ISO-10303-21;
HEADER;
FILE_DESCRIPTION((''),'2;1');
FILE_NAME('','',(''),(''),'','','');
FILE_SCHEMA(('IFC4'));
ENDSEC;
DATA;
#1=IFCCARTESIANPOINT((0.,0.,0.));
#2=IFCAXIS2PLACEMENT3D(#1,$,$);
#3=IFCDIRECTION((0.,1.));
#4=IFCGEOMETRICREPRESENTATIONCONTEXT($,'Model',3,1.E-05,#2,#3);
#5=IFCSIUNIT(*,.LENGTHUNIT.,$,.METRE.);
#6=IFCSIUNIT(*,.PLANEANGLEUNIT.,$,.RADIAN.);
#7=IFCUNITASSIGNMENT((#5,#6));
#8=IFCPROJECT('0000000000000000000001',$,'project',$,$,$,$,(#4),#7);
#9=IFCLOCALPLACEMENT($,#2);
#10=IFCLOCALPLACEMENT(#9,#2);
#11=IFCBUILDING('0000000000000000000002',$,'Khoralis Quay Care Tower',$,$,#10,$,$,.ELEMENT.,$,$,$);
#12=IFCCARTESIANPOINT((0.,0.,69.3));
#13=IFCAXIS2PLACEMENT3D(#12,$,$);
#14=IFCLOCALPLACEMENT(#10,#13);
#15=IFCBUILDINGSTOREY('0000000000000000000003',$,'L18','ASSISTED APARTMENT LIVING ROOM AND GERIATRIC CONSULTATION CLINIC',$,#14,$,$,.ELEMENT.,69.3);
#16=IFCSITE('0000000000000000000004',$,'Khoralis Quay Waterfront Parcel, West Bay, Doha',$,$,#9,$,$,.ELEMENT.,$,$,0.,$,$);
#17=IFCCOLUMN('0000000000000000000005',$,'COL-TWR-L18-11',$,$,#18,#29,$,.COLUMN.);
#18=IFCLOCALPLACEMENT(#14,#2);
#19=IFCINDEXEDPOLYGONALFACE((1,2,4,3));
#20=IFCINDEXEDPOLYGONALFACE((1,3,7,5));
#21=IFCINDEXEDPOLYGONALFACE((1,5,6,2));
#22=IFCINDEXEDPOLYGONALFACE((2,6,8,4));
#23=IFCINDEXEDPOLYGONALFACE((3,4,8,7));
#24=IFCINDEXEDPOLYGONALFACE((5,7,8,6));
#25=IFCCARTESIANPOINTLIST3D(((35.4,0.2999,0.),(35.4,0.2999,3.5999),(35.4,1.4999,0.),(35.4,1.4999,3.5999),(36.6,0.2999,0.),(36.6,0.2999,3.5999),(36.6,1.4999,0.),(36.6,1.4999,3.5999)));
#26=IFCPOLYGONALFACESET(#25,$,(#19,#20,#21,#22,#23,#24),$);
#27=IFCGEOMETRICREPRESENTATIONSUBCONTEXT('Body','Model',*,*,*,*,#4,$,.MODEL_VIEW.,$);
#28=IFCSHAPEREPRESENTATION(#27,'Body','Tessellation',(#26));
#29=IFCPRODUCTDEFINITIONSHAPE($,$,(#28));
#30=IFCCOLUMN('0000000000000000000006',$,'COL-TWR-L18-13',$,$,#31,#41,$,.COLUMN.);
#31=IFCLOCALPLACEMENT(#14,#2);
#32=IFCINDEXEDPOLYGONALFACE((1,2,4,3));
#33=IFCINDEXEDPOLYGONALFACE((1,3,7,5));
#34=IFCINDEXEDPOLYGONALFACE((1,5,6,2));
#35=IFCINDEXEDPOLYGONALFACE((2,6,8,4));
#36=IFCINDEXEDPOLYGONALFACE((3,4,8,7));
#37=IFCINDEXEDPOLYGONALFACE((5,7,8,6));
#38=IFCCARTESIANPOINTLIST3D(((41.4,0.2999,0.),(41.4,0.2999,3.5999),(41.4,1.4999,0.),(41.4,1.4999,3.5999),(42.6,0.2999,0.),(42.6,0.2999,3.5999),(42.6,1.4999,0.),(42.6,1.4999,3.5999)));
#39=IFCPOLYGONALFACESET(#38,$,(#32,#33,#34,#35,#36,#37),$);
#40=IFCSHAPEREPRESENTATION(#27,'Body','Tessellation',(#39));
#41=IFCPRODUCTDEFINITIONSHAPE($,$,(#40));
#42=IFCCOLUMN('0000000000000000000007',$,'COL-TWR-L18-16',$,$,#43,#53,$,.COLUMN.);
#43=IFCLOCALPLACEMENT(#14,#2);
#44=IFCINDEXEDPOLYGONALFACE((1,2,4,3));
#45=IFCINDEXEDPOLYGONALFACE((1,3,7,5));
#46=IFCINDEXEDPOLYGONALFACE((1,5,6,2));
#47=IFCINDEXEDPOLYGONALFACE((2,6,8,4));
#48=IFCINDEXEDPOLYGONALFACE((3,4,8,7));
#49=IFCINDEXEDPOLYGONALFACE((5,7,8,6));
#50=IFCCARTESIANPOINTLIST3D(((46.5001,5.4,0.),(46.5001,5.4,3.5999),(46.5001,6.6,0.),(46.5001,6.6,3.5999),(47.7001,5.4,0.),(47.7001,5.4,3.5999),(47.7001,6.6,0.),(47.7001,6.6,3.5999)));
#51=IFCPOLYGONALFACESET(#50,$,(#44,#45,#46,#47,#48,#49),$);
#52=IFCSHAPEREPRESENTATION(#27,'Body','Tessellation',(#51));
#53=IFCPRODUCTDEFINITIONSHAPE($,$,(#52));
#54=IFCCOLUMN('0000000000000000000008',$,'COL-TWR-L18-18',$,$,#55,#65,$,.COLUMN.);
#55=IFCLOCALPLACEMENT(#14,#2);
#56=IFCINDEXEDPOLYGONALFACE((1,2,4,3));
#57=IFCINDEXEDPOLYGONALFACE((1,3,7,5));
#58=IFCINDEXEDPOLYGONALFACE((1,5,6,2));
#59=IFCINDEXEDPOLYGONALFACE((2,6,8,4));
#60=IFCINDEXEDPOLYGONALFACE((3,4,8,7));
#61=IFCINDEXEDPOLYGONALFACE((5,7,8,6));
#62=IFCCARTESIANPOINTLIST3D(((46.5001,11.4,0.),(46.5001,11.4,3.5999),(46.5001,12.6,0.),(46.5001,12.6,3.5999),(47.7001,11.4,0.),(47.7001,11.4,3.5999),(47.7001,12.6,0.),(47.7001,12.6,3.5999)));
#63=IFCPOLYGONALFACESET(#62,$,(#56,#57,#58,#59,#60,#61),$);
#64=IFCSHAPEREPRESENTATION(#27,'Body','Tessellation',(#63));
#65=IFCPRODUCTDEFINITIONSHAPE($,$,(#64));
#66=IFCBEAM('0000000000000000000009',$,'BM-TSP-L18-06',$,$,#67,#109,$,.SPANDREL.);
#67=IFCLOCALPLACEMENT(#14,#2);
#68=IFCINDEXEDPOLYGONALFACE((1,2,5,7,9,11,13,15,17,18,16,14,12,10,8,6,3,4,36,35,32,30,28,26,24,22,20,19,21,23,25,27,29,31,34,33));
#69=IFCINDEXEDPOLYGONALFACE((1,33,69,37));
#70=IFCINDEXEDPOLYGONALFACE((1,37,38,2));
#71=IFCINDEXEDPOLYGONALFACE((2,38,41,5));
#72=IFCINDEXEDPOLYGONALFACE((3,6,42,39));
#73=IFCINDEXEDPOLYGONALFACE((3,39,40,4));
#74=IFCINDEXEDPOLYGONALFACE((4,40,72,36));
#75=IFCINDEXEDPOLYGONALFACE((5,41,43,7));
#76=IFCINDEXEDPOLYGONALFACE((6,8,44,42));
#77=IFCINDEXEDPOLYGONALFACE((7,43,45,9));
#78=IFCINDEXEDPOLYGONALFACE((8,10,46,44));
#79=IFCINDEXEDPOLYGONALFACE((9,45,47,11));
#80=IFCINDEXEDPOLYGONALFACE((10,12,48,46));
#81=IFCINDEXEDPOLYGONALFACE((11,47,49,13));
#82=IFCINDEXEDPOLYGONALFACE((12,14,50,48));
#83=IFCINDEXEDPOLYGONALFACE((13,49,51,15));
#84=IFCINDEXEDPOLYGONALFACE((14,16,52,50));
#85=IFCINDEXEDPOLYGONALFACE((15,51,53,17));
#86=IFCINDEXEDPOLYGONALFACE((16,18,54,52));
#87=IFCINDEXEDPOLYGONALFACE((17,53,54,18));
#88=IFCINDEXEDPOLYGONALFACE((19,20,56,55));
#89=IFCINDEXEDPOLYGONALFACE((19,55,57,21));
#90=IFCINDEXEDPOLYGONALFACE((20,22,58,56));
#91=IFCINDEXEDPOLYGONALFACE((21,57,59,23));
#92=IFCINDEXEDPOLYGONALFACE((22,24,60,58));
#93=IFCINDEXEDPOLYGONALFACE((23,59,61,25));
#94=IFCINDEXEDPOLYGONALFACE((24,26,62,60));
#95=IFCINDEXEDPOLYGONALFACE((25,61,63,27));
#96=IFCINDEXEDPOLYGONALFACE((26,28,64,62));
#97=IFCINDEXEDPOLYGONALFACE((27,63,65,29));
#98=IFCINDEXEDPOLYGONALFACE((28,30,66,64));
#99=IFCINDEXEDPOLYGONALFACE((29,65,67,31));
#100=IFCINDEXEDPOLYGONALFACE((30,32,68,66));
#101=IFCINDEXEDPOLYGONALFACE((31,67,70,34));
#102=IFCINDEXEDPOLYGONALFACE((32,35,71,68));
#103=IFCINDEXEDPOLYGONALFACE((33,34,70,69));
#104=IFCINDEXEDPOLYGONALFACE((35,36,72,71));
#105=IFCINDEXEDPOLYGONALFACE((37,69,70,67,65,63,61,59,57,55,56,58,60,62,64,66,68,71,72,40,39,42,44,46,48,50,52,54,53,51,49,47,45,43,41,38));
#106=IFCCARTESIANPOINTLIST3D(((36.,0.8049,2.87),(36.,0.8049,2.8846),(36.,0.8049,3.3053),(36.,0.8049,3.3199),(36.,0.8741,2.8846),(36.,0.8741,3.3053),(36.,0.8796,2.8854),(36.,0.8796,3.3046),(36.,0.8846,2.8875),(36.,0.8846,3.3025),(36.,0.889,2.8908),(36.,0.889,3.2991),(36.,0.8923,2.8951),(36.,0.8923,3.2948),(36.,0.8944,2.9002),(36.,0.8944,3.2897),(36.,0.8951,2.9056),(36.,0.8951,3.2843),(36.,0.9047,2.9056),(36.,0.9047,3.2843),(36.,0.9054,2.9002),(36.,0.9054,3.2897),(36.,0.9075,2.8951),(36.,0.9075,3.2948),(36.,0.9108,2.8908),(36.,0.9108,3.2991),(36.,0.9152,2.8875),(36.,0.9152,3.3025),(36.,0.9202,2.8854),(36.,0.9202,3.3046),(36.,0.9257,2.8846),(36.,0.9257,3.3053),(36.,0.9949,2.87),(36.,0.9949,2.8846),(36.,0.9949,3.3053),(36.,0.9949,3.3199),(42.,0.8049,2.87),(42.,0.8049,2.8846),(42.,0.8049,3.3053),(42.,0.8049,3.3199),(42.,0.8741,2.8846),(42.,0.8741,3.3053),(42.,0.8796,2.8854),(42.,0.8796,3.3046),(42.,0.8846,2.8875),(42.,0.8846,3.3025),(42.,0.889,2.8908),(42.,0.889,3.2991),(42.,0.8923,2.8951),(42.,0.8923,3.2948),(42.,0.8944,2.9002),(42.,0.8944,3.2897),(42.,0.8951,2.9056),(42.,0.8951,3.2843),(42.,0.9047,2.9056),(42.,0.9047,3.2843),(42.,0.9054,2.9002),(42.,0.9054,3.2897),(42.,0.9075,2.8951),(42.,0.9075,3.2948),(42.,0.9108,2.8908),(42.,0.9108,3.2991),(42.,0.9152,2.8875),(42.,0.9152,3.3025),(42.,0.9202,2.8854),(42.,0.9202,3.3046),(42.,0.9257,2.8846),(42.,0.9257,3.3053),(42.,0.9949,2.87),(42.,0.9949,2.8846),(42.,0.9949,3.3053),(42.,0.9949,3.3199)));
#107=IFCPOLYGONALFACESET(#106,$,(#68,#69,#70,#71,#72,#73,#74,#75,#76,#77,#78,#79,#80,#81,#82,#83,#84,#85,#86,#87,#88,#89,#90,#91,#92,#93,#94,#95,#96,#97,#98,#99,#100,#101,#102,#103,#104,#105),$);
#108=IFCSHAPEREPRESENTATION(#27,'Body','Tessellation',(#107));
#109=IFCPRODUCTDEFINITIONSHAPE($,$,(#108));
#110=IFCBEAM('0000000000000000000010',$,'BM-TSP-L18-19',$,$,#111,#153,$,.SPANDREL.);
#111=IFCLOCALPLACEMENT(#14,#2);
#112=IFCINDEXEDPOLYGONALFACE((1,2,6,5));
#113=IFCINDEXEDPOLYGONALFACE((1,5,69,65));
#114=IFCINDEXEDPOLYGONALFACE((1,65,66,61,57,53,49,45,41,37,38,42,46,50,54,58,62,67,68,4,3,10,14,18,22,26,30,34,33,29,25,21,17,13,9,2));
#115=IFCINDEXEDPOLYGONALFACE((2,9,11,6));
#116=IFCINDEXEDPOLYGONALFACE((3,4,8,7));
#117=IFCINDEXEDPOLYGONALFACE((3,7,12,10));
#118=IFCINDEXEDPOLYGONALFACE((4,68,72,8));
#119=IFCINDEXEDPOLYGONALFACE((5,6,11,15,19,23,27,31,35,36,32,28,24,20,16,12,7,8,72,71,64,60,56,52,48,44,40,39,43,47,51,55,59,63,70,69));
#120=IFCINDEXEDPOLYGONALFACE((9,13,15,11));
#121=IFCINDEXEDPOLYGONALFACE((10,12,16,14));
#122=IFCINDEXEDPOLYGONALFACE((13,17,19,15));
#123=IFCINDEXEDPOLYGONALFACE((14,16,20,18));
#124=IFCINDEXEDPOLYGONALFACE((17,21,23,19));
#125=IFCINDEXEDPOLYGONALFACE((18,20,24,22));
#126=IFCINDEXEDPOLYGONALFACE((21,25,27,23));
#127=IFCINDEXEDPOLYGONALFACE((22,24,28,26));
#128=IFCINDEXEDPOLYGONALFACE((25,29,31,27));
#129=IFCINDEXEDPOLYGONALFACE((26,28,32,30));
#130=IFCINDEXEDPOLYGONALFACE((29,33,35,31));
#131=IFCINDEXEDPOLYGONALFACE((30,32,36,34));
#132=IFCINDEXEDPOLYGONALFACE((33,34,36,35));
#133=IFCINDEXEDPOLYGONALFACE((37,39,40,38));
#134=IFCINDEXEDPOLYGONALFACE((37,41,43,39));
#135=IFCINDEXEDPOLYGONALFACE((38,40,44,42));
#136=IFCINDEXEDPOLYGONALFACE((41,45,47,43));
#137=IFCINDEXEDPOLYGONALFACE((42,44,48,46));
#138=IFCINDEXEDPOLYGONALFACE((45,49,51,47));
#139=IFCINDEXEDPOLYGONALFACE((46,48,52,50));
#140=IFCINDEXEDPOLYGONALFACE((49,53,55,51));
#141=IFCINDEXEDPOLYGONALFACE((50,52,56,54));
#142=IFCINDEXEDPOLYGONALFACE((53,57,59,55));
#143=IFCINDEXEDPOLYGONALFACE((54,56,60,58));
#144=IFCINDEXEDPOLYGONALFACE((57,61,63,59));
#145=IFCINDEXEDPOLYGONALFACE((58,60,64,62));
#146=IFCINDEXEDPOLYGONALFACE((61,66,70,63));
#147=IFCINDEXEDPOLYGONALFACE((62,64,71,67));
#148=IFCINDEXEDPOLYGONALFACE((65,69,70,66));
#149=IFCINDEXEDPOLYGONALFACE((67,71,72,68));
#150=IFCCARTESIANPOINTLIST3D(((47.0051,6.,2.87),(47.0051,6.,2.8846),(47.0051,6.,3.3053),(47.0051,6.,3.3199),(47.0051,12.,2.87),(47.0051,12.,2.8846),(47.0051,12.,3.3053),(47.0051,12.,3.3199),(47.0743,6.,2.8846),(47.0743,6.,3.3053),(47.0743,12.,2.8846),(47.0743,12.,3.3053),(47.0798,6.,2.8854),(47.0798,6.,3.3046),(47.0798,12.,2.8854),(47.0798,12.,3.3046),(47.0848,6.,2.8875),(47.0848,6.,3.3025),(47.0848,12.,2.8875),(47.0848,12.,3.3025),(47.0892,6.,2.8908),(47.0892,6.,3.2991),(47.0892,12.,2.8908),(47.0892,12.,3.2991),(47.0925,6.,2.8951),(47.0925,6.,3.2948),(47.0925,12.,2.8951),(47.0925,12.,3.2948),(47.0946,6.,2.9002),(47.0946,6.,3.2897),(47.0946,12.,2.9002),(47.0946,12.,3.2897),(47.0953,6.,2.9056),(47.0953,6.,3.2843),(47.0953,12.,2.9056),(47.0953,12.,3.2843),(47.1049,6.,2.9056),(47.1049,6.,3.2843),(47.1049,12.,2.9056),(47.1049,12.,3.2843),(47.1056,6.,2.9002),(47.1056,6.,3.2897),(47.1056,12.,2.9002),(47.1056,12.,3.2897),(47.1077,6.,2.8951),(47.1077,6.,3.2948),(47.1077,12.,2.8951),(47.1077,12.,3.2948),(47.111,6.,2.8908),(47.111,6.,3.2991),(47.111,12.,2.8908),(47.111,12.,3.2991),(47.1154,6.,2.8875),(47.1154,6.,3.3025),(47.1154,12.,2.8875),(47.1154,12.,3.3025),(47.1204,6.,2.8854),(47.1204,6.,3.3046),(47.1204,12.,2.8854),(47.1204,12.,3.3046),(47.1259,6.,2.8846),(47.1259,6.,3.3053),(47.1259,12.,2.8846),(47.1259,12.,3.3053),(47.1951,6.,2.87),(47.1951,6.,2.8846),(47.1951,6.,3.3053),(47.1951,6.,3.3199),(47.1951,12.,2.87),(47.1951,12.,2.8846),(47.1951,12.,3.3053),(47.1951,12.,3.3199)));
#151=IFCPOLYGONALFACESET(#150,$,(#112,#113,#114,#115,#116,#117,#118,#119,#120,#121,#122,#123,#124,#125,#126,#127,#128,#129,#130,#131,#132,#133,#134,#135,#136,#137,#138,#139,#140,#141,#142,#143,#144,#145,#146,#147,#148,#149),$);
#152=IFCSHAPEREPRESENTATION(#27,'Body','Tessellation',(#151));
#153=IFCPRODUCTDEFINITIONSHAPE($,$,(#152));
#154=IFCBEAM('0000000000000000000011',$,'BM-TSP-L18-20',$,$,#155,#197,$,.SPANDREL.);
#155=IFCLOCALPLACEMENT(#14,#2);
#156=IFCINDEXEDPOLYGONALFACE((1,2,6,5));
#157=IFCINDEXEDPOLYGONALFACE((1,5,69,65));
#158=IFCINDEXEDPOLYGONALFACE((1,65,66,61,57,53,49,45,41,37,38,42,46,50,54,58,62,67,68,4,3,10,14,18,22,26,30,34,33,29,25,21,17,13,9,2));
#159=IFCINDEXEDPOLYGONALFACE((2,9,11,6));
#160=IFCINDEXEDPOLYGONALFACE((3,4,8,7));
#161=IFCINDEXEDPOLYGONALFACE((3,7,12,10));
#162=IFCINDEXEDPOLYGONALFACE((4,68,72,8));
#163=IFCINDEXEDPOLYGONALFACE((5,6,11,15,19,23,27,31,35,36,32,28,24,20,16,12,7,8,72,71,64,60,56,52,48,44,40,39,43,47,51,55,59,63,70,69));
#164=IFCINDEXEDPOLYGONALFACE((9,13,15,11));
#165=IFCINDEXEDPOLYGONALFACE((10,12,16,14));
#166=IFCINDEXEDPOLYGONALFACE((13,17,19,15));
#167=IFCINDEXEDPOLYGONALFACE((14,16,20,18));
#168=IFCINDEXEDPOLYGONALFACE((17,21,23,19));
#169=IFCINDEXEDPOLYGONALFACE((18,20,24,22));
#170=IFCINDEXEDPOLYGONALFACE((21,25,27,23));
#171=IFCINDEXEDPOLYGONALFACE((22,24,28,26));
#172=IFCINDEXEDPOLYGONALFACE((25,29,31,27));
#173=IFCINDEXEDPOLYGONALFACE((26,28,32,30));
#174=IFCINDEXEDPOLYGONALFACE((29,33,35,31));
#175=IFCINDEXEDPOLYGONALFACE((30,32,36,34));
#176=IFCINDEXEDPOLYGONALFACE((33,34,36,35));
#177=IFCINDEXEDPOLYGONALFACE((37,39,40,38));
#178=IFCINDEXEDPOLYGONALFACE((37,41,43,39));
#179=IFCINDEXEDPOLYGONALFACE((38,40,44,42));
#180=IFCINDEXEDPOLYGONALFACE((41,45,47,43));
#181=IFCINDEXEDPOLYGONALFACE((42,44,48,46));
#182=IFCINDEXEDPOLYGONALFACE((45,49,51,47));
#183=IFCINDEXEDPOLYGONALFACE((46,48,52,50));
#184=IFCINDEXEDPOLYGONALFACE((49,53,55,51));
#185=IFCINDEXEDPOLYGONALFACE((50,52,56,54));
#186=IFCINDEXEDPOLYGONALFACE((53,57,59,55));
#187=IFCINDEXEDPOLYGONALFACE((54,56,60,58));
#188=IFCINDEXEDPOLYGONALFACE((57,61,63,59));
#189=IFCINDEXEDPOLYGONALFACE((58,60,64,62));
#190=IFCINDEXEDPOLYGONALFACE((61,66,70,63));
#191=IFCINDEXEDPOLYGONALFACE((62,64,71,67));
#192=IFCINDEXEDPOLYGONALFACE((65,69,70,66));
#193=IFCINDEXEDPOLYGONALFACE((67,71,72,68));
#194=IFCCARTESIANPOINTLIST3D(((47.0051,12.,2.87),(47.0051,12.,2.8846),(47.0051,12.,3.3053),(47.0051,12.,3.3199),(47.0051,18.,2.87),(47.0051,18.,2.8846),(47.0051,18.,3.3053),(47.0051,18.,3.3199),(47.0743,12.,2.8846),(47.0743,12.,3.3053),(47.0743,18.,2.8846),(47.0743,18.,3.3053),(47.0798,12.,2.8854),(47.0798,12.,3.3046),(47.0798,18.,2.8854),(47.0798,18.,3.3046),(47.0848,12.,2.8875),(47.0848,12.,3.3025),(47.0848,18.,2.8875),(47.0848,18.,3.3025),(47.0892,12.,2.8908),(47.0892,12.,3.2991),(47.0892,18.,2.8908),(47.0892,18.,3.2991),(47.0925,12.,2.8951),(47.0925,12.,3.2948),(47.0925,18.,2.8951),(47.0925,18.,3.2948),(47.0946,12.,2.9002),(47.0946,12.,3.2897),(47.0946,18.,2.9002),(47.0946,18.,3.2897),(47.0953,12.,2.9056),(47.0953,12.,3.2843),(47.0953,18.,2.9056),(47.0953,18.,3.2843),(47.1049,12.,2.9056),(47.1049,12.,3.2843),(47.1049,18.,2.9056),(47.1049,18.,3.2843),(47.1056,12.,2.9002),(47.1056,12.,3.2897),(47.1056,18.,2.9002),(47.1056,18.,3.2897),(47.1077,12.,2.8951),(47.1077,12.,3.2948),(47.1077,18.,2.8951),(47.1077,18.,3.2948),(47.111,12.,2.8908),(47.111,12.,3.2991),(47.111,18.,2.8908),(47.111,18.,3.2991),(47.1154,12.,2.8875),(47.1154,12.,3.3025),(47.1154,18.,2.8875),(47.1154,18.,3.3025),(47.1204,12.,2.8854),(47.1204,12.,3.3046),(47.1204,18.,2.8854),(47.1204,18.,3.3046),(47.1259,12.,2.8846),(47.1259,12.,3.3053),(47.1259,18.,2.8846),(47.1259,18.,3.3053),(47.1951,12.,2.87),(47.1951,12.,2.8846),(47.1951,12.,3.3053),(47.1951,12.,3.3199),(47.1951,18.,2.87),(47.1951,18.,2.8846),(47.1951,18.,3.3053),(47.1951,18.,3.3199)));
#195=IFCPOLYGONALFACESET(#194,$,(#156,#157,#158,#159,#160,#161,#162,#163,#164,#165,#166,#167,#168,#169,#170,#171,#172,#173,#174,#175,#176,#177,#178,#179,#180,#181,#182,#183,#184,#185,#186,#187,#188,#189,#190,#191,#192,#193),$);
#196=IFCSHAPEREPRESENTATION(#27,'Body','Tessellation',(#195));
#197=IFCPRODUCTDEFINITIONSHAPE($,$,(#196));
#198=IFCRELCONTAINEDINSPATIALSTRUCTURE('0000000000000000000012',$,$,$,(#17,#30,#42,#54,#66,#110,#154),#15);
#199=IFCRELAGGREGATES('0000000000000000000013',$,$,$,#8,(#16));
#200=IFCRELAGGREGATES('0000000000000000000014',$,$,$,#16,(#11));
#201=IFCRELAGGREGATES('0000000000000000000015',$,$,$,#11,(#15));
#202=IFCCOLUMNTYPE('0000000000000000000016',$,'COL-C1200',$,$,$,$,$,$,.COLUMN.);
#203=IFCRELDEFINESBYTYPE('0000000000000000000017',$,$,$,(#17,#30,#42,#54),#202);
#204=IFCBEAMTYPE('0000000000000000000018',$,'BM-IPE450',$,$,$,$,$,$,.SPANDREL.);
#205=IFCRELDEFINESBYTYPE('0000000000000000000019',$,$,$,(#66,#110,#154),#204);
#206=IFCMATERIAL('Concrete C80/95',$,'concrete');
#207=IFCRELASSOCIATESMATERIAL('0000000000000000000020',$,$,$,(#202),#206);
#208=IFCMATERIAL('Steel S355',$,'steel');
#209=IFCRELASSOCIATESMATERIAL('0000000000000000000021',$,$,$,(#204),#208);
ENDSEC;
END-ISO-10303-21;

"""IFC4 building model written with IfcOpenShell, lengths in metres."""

from ifc_helpers import new_model, si_unit, direction, frame, origin, origin_2d, place, context, subcontext, project, spatial, rectangle, i_section, extrude, source, transform, mapped, material, material_profile, profile_set, type_object, element, save


model = new_model("IFC4")

# Units and contexts
model_context = context("Model", 3, precision=1e-05, world=origin(), true_north=direction((0.0, 1.0)))
body_context = subcontext(model_context, "Body", "Model", "MODEL_VIEW")
ifc_project = project(units=[si_unit("LENGTHUNIT", "METRE"), si_unit("PLANEANGLEUNIT", "RADIAN")], contexts=[model_context])

# Site, building, storey
site_placement = place(None, origin())
site = spatial("IfcSite", under=ifc_project, at=site_placement, Name="Khoralis Quay Waterfront Parcel, West Bay, Doha", CompositionType="ELEMENT", RefElevation=0.0)
building_placement = place(site_placement, origin())
building = spatial("IfcBuilding", under=site, at=building_placement, Name="Khoralis Quay Care Tower", CompositionType="ELEMENT")
storey_placement = place(building_placement, frame((0.0, 0.0, 69.3)))
storey = spatial("IfcBuildingStorey", under=building, at=storey_placement, Name="L18", Description="ASSISTED APARTMENT LIVING ROOM AND GERIATRIC CONSULTATION CLINIC", CompositionType="ELEMENT", Elevation=69.3)

# Columns
ifc_material_1 = material(Name="Concrete C80/95", Category="concrete")
ifc_material_profile_1 = material_profile(ifc_material_1, rectangle(XDim=1.2, YDim=1.2, at=origin_2d()), Name="Concrete C80/95")
ifc_profile_set_1 = profile_set([ifc_material_profile_1], Name="Concrete C80/95")
column_type = type_object("IfcColumnType", Name="COL-C1200", PredefinedType="COLUMN", material=ifc_profile_set_1)
shared_shape_1 = source(origin(), body_context, "Body", "SweptSolid", [
    extrude(rectangle(XDim=1.2, YDim=1.2, at=origin_2d()), origin(), (0.0, 0.0, 1.0), 3.5999),
])
for number, where, z_axis, x_axis, name in (
    (1, (36.0, 0.8999, 0.0), (0.0, 0.0, 1.0), (1.0, 0.0, 0.0), "COL-TWR-L18-11"),
    (2, (42.0, 0.8999, 0.0), (0.0, 0.0, 1.0), (1.0, 0.0, 0.0), "COL-TWR-L18-13"),
    (3, (47.1001, 6.0, 0.0), (0.0, 0.0, 1.0), (1.0, 0.0, 0.0), "COL-TWR-L18-16"),
    (4, (47.1001, 12.0, 0.0), (0.0, 0.0, 1.0), (1.0, 0.0, 0.0), "COL-TWR-L18-18"),
):
    element("IfcColumn", number, at=place(storey_placement, frame(where, z_axis=z_axis, x_axis=x_axis)), inside=storey, type_object=column_type, Name=name, PredefinedType="COLUMN", context=body_context, shape_type="MappedRepresentation", body=[
        mapped(shared_shape_1, transform((0.0, 0.0, 0.0), scale=1.0)),
    ])

# Beams
ifc_material_2 = material(Name="Steel S355", Category="steel")
ifc_material_profile_2 = material_profile(ifc_material_2, i_section(OverallWidth=0.1899, OverallDepth=0.45, WebThickness=0.0095, FlangeThickness=0.0146, FilletRadius=0.021, at=origin_2d()), Name="Steel S355")
ifc_profile_set_2 = profile_set([ifc_material_profile_2], Name="Steel S355")
beam_type_1 = type_object("IfcBeamType", Name="BM-IPE450", PredefinedType="SPANDREL", material=ifc_profile_set_2)
shared_shape_2 = source(origin(), body_context, "Body", "SweptSolid", [
    extrude(i_section(OverallWidth=0.1899, OverallDepth=0.45, WebThickness=0.0095, FlangeThickness=0.0146, FilletRadius=0.021, at=origin_2d()), origin(), (0.0, 0.0, 1.0), 6.0),
])
for number, where, z_axis, x_axis, name in (
    (5, (36.0, 0.8999, 3.095), (1.0, 0.0, 0.0), (0.0, 1.0, 0.0), "BM-TSP-L18-06"),
    (6, (47.1001, 6.0, 3.095), (0.0, 1.0, 0.0), (-1.0, 0.0, 0.0), "BM-TSP-L18-19"),
    (7, (47.1001, 12.0, 3.095), (0.0, 1.0, 0.0), (-1.0, 0.0, 0.0), "BM-TSP-L18-20"),
):
    element("IfcBeam", number, at=place(storey_placement, frame(where, z_axis=z_axis, x_axis=x_axis)), inside=storey, type_object=beam_type_1, Name=name, PredefinedType="SPANDREL", context=body_context, shape_type="MappedRepresentation", body=[
        mapped(shared_shape_2, transform((0.0, 0.0, 0.0), scale=1.0)),
    ])

save(model, "model.ifc")
